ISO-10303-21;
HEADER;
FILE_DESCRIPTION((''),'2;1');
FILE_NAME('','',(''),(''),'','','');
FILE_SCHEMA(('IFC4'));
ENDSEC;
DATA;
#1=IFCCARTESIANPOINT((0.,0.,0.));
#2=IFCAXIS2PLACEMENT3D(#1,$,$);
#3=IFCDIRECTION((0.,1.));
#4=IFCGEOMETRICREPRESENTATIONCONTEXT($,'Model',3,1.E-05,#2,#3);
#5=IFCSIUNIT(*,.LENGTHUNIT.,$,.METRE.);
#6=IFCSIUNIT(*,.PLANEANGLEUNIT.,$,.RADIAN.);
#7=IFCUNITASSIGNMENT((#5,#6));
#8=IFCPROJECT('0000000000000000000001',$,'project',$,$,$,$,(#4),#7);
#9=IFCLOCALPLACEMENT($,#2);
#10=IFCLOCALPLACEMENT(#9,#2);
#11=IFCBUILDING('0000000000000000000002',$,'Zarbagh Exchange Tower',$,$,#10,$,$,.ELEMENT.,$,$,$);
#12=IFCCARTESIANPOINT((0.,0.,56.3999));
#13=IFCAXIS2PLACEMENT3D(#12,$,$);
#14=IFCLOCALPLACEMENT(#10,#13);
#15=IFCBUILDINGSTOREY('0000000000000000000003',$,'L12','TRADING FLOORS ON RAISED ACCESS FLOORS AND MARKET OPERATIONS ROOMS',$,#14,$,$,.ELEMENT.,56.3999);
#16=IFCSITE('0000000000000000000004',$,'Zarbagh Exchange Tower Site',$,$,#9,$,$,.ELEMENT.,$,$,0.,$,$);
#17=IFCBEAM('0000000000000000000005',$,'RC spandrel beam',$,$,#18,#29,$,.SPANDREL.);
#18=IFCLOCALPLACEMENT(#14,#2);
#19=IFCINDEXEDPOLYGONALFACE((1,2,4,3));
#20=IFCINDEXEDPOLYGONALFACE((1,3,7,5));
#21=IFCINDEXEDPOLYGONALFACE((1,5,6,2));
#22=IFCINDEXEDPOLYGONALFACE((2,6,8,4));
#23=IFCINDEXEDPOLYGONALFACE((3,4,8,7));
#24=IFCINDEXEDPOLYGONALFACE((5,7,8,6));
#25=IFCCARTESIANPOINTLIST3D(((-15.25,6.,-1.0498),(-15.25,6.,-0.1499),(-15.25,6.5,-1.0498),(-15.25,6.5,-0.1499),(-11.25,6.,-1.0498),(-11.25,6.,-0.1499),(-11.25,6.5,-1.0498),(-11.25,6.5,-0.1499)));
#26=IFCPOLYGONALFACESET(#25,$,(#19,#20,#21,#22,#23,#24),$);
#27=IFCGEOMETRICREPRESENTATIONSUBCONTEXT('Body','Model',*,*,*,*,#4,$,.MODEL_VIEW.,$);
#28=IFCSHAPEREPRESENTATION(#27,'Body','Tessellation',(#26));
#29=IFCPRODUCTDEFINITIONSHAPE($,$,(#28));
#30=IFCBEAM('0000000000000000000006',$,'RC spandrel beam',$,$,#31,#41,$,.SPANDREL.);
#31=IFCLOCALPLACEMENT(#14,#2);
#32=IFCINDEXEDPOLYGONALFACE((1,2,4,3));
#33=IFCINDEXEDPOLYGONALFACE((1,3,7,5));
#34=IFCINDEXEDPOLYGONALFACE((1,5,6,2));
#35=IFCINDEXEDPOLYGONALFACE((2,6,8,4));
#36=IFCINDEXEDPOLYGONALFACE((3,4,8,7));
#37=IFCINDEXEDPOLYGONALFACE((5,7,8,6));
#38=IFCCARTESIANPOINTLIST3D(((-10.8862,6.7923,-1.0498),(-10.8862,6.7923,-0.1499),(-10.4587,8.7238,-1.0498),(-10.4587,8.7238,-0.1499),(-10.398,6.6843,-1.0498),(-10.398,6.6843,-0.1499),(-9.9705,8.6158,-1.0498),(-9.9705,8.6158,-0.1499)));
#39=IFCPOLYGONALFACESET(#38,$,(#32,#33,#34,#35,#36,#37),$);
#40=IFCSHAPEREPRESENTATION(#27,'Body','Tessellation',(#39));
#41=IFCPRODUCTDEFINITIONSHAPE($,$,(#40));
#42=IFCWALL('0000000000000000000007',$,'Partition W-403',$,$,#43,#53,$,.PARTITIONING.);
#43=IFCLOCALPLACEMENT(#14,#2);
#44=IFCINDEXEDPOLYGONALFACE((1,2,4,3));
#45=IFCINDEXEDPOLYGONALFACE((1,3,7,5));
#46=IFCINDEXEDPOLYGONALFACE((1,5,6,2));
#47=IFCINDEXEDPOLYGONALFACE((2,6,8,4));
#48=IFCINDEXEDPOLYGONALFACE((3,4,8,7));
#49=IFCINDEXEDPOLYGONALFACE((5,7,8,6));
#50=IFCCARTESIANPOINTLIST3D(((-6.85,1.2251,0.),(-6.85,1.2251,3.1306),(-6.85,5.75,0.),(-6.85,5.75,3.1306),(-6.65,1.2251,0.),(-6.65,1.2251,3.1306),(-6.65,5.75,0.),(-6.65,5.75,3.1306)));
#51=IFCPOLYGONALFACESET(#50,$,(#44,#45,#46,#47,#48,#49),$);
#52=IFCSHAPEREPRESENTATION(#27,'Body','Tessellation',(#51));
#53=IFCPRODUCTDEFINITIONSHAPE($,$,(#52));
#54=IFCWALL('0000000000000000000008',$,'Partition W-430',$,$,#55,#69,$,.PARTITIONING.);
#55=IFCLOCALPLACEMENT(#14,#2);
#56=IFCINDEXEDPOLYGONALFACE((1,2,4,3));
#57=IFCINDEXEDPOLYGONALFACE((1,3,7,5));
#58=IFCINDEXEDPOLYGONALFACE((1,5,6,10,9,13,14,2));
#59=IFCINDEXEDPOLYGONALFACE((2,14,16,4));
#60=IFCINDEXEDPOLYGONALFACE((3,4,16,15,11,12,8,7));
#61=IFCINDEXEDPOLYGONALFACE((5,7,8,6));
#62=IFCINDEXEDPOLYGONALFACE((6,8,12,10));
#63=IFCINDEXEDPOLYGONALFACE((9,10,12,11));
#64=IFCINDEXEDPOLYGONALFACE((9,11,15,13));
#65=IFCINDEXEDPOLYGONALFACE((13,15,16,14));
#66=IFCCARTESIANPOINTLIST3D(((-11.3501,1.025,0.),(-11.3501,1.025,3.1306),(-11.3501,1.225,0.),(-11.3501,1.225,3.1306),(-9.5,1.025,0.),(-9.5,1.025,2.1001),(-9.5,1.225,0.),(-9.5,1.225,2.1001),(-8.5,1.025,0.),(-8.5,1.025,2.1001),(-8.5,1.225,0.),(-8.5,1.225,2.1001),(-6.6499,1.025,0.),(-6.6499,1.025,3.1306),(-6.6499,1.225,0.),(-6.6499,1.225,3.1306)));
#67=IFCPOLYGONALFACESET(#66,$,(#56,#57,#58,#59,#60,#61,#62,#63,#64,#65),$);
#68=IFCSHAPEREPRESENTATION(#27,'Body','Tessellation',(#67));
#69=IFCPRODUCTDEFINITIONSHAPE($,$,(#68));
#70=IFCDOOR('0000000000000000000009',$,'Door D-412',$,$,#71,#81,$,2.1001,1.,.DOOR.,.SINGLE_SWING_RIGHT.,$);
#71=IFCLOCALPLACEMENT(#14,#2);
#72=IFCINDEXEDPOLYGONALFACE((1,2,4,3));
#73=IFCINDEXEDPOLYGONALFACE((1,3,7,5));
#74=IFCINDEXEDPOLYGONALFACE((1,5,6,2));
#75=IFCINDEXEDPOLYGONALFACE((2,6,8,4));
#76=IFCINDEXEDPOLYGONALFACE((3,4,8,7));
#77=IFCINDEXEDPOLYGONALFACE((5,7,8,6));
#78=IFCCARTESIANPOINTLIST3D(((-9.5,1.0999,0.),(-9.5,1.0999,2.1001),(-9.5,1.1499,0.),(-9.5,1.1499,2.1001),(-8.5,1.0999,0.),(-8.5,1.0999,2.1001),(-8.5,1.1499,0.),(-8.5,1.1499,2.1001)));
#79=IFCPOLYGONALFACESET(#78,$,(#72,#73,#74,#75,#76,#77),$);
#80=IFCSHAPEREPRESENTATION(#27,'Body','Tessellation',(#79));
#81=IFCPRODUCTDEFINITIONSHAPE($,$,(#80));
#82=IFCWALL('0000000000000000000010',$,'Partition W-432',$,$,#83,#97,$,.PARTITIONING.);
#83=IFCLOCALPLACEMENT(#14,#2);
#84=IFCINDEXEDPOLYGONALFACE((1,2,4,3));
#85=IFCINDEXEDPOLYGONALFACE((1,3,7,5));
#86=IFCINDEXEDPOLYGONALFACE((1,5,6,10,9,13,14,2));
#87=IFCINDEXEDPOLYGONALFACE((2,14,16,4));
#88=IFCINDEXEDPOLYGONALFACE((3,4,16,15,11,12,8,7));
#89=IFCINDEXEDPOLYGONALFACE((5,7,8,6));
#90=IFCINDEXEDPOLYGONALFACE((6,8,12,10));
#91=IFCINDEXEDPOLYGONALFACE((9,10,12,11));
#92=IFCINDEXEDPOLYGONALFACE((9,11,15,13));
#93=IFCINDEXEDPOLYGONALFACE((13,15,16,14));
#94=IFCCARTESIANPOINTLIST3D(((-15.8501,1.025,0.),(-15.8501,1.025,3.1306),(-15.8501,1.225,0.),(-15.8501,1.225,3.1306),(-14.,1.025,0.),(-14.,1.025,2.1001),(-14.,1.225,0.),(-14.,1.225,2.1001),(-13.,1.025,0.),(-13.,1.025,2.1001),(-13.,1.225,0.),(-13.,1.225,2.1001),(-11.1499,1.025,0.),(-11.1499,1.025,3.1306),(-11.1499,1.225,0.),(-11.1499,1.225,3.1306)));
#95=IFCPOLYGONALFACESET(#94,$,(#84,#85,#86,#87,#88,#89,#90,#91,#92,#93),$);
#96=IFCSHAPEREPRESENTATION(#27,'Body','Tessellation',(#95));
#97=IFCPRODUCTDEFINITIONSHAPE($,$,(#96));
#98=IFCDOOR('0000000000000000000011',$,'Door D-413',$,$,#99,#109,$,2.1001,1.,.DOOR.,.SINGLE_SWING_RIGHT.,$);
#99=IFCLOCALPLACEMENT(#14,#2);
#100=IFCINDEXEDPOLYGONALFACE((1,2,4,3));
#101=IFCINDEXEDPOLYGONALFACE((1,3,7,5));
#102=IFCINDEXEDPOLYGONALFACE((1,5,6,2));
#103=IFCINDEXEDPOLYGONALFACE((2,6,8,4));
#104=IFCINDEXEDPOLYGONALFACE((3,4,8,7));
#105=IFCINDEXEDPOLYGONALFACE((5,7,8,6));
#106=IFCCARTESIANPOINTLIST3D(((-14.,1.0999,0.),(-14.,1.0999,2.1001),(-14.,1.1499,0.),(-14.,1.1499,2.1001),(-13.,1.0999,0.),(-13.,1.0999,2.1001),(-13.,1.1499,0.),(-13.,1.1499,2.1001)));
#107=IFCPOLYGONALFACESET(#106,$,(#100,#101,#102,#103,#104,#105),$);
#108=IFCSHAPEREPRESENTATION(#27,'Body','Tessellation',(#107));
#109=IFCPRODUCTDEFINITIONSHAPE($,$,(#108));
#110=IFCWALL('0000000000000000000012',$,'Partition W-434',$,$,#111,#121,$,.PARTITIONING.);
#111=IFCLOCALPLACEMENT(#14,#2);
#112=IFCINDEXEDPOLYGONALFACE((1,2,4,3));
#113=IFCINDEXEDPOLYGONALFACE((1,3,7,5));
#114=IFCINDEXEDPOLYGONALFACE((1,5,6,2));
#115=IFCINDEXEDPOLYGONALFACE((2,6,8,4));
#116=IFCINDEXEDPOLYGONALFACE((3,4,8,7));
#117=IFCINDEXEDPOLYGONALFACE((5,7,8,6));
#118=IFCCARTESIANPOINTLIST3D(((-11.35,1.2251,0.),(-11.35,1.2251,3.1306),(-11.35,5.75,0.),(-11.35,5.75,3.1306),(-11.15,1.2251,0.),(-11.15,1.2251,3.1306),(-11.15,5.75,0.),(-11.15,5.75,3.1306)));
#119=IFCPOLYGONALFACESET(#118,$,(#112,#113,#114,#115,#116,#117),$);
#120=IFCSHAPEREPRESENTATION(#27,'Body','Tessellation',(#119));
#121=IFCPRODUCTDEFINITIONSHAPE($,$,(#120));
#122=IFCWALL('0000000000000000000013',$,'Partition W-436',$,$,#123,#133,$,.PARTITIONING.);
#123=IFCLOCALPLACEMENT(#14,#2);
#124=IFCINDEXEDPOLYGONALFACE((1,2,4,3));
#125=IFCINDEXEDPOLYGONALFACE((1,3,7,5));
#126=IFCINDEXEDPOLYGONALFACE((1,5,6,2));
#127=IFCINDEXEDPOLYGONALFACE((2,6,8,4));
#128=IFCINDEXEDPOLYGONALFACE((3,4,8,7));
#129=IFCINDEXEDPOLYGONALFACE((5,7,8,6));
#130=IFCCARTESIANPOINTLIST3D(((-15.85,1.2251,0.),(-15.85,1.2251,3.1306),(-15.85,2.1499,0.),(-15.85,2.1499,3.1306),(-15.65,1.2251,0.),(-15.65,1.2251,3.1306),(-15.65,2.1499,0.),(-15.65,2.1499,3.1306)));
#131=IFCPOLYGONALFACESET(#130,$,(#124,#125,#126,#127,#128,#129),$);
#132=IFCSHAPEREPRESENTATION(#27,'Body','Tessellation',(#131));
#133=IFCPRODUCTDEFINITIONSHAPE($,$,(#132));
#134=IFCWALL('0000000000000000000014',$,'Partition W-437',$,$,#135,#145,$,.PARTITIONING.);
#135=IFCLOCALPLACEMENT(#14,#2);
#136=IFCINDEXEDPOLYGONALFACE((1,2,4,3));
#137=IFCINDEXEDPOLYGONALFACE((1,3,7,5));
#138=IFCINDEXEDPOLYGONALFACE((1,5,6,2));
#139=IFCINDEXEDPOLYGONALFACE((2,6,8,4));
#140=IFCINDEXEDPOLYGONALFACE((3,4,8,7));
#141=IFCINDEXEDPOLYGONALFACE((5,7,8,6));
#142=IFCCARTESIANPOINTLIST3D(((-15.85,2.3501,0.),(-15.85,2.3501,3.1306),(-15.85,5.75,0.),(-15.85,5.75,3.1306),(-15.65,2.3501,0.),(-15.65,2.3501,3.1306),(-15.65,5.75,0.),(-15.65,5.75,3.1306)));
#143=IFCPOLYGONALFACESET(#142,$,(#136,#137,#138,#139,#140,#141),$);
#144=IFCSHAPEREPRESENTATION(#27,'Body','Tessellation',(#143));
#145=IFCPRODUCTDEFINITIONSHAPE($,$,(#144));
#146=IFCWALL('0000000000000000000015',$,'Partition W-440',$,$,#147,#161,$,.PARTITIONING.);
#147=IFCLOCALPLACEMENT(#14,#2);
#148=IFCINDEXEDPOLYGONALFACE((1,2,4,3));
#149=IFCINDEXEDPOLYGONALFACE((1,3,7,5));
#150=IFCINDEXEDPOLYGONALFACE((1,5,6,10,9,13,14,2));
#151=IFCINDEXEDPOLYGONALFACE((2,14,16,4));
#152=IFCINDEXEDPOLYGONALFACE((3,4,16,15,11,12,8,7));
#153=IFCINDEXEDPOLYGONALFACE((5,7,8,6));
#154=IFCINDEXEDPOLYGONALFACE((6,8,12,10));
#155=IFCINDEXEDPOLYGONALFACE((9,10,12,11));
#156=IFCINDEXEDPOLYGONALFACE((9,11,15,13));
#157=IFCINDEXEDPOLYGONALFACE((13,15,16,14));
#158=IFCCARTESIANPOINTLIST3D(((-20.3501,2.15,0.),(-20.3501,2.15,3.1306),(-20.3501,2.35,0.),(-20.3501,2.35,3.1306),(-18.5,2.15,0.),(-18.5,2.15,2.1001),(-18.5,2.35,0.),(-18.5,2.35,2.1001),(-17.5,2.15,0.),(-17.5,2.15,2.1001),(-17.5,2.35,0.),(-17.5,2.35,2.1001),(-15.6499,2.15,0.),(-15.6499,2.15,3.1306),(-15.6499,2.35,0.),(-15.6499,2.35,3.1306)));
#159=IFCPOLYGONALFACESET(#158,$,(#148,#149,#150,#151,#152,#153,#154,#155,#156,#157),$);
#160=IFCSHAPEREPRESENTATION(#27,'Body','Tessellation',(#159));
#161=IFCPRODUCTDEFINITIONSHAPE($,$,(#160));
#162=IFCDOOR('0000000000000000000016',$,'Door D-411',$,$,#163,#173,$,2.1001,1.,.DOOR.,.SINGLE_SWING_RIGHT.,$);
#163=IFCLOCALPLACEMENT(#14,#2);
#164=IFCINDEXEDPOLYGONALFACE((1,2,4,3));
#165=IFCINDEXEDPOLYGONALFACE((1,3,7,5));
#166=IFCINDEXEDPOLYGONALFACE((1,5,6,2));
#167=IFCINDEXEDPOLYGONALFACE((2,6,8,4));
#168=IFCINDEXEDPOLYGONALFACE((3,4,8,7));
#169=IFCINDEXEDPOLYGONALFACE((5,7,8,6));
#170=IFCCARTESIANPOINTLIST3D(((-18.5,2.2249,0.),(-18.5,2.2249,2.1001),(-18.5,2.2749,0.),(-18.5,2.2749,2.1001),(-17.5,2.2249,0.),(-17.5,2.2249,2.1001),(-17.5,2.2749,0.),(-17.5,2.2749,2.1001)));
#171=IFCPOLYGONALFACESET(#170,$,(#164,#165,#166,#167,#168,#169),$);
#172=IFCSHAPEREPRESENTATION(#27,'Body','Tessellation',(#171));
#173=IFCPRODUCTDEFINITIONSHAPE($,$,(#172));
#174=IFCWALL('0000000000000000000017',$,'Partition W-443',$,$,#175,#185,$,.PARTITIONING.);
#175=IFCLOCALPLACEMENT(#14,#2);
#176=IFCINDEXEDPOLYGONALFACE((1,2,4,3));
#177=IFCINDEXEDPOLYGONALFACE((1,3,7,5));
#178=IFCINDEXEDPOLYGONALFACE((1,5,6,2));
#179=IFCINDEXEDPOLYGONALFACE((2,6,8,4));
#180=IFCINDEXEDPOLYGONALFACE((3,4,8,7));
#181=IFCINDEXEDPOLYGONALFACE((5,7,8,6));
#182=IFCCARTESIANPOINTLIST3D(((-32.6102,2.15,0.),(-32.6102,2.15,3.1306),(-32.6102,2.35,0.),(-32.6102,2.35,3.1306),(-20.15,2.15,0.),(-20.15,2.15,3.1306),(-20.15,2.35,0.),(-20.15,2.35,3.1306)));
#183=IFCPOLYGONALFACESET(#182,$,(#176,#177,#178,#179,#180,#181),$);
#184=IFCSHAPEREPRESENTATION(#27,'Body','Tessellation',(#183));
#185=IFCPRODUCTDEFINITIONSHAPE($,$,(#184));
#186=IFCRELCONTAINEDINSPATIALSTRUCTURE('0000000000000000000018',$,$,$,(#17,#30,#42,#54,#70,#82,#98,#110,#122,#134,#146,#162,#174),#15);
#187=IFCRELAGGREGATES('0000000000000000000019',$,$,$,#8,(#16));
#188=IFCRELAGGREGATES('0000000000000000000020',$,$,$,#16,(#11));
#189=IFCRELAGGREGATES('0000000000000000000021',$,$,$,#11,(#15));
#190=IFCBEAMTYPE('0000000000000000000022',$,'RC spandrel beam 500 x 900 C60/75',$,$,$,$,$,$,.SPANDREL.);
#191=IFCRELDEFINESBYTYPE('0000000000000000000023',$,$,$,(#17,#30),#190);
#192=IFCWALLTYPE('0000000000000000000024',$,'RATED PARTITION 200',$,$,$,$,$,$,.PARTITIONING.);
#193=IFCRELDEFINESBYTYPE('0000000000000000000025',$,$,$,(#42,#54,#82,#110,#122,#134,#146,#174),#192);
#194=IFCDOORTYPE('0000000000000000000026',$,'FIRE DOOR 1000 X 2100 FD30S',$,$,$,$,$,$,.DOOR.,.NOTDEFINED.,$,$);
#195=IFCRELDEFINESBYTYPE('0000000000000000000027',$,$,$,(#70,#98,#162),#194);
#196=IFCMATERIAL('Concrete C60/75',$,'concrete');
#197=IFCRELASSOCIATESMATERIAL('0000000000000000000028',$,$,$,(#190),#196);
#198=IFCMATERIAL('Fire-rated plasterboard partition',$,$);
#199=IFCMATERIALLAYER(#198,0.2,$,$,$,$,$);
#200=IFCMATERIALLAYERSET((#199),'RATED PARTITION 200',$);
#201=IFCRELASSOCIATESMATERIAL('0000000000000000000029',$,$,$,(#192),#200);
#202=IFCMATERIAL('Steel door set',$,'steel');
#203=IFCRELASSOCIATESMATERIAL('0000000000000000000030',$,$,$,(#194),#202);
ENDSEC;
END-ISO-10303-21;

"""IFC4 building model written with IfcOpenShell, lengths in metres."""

from ifc_helpers import new_model, si_unit, direction, frame, frame_2d, origin, origin_2d, place, context, subcontext, project, spatial, rectangle, extrude, material, layer, layer_set, material_profile, profile_set, type_object, element, fill, save


model = new_model("IFC4")

# Units and contexts
model_context = context("Model", 3, precision=1e-05, world=origin(), true_north=direction((0.0, 1.0)))
body_context = subcontext(model_context, "Body", "Model", "MODEL_VIEW")
ifc_project = project(units=[si_unit("LENGTHUNIT", "METRE"), si_unit("PLANEANGLEUNIT", "RADIAN")], contexts=[model_context])

# Site, building, storey
site_placement = place(None, origin())
site = spatial("IfcSite", under=ifc_project, at=site_placement, Name="Zarbagh Exchange Tower Site", CompositionType="ELEMENT", RefElevation=0.0)
building_placement = place(site_placement, origin())
building = spatial("IfcBuilding", under=site, at=building_placement, Name="Zarbagh Exchange Tower", CompositionType="ELEMENT")
storey_placement = place(building_placement, frame((0.0, 0.0, 56.3999)))
storey = spatial("IfcBuildingStorey", under=building, at=storey_placement, Name="L12", Description="TRADING FLOORS ON RAISED ACCESS FLOORS AND MARKET OPERATIONS ROOMS", CompositionType="ELEMENT", Elevation=56.3999)

# Shared definitions
ifc_material_1 = material(Name="Concrete C60/75", Category="concrete")

# Beams
ifc_material_profile_1 = material_profile(ifc_material_1, rectangle(XDim=0.5, YDim=0.8999, at=origin_2d()), Name="RC spandrel beam 500 x 900 C60/75")
ifc_profile_set_1 = profile_set([ifc_material_profile_1], Name="Concrete C60/75")
beam_type_1 = type_object("IfcBeamType", Name="RC spandrel beam 500 x 900 C60/75", PredefinedType="SPANDREL", material=ifc_profile_set_1)
beam_1_placement = place(storey_placement, frame((-15.25, 6.25, -0.5999), z_axis=(1.0, 0.0, 0.0), x_axis=(0.0, 1.0, 0.0)))
element("IfcBeam", 1, at=beam_1_placement, inside=storey, type_object=beam_type_1, Name="RC spandrel beam", PredefinedType="SPANDREL", context=body_context, shape_type="SweptSolid", body=[
    extrude(rectangle(XDim=0.5, YDim=0.8999, at=origin_2d()), origin(), (0.0, 0.0, 1.0), 4.0),
])
beam_2_placement = place(storey_placement, frame((-10.6421, 6.7383, -0.5999), z_axis=(0.216081, 0.976375, 0.0), x_axis=(-0.976375, 0.216081, 0.0)))
element("IfcBeam", 2, at=beam_2_placement, inside=storey, type_object=beam_type_1, Name="RC spandrel beam", PredefinedType="SPANDREL", context=body_context, shape_type="SweptSolid", body=[
    extrude(rectangle(XDim=0.5, YDim=0.8999, at=origin_2d()), origin(), (0.0, 0.0, 1.0), 1.9783),
])

# Wall
ifc_material_2 = material(Name="Fire-rated plasterboard partition")
ifc_layer = layer(ifc_material_2, 0.2)
ifc_layer_set = layer_set([ifc_layer], Name="RATED PARTITION 200")
wall_type = type_object("IfcWallType", Name="RATED PARTITION 200", PredefinedType="PARTITIONING", material=ifc_layer_set)
wall_1_placement = place(storey_placement, frame((-6.75, 1.2251, 0.0), z_axis=(0.0, 0.0, 1.0), x_axis=(0.0, 1.0, 0.0)))
element("IfcWall", 3, at=wall_1_placement, inside=storey, type_object=wall_type, Name="Partition W-403", PredefinedType="PARTITIONING", context=body_context, shape_type="SweptSolid", body=[
    extrude(rectangle(XDim=4.5249, YDim=0.2, at=frame_2d((2.2625, 0.0))), origin(), (0.0, 0.0, 1.0), 3.1306),
])

# Walls, openings, doors
wall_2_placement = place(storey_placement, frame((-11.3501, 1.125, 0.0), z_axis=(0.0, 0.0, 1.0), x_axis=(1.0, 0.0, 0.0)))
wall_2 = element("IfcWall", 4, at=wall_2_placement, inside=storey, type_object=wall_type, Name="Partition W-430", PredefinedType="PARTITIONING", context=body_context, shape_type="SweptSolid", body=[
    extrude(rectangle(XDim=4.7002, YDim=0.2, at=frame_2d((2.3501, 0.0))), origin(), (0.0, 0.0, 1.0), 3.1306),
])
opening_1_placement = place(wall_2_placement, frame((1.8501, 0.0, 0.0)))
opening_1 = element("IfcOpeningElement", 5, at=opening_1_placement, cuts=wall_2, PredefinedType="OPENING", context=body_context, shape_type="SweptSolid", body=[
    extrude(rectangle(XDim=1.0, YDim=2.1001, at=frame_2d((0.5, 1.05))), frame((0.0, 0.1099, 0.0), z_axis=(0.0, -1.0, 0.0), x_axis=(1.0, 0.0, 0.0)), (0.0, 0.0, 1.0), 0.22),
])
ifc_material_3 = material(Name="Steel door set", Category="steel")
door_type = type_object("IfcDoorType", Name="FIRE DOOR 1000 X 2100 FD30S", OperationType="NOTDEFINED", PredefinedType="DOOR", material=ifc_material_3)
door_1_placement = place(opening_1_placement, origin())
door_1 = element("IfcDoor", 6, at=door_1_placement, inside=storey, type_object=door_type, Name="Door D-412", OperationType="SINGLE_SWING_RIGHT", OverallHeight=2.1001, OverallWidth=1.0, PredefinedType="DOOR", context=body_context, shape_type="SweptSolid", body=[
    extrude(rectangle(XDim=1.0, YDim=2.1001, at=frame_2d((0.5, 1.05))), frame((0.0, 0.0249, 0.0), z_axis=(0.0, -1.0, 0.0), x_axis=(1.0, 0.0, 0.0)), (0.0, 0.0, 1.0), 0.05),
])
fill(opening_1, door_1)
wall_3_placement = place(storey_placement, frame((-15.8501, 1.125, 0.0), z_axis=(0.0, 0.0, 1.0), x_axis=(1.0, 0.0, 0.0)))
wall_3 = element("IfcWall", 7, at=wall_3_placement, inside=storey, type_object=wall_type, Name="Partition W-432", PredefinedType="PARTITIONING", context=body_context, shape_type="SweptSolid", body=[
    extrude(rectangle(XDim=4.7002, YDim=0.2, at=frame_2d((2.3501, 0.0))), origin(), (0.0, 0.0, 1.0), 3.1306),
])
opening_2_placement = place(wall_3_placement, frame((1.8501, 0.0, 0.0)))
opening_2 = element("IfcOpeningElement", 8, at=opening_2_placement, cuts=wall_3, PredefinedType="OPENING", context=body_context, shape_type="SweptSolid", body=[
    extrude(rectangle(XDim=1.0, YDim=2.1001, at=frame_2d((0.5, 1.05))), frame((0.0, 0.1099, 0.0), z_axis=(0.0, -1.0, 0.0), x_axis=(1.0, 0.0, 0.0)), (0.0, 0.0, 1.0), 0.22),
])
door_2_placement = place(opening_2_placement, origin())
door_2 = element("IfcDoor", 9, at=door_2_placement, inside=storey, type_object=door_type, Name="Door D-413", OperationType="SINGLE_SWING_RIGHT", OverallHeight=2.1001, OverallWidth=1.0, PredefinedType="DOOR", context=body_context, shape_type="SweptSolid", body=[
    extrude(rectangle(XDim=1.0, YDim=2.1001, at=frame_2d((0.5, 1.05))), frame((0.0, 0.0249, 0.0), z_axis=(0.0, -1.0, 0.0), x_axis=(1.0, 0.0, 0.0)), (0.0, 0.0, 1.0), 0.05),
])
fill(opening_2, door_2)

# Walls
wall_4_placement = place(storey_placement, frame((-11.25, 1.2251, 0.0), z_axis=(0.0, 0.0, 1.0), x_axis=(0.0, 1.0, 0.0)))
element("IfcWall", 10, at=wall_4_placement, inside=storey, type_object=wall_type, Name="Partition W-434", PredefinedType="PARTITIONING", context=body_context, shape_type="SweptSolid", body=[
    extrude(rectangle(XDim=4.5249, YDim=0.2, at=frame_2d((2.2625, 0.0))), origin(), (0.0, 0.0, 1.0), 3.1306),
])
wall_5_placement = place(storey_placement, frame((-15.75, 1.2251, 0.0), z_axis=(0.0, 0.0, 1.0), x_axis=(0.0, 1.0, 0.0)))
element("IfcWall", 11, at=wall_5_placement, inside=storey, type_object=wall_type, Name="Partition W-436", PredefinedType="PARTITIONING", context=body_context, shape_type="SweptSolid", body=[
    extrude(rectangle(XDim=0.9248, YDim=0.2, at=frame_2d((0.4624, 0.0))), origin(), (0.0, 0.0, 1.0), 3.1306),
])
wall_6_placement = place(storey_placement, frame((-15.75, 2.3501, 0.0), z_axis=(0.0, 0.0, 1.0), x_axis=(0.0, 1.0, 0.0)))
element("IfcWall", 12, at=wall_6_placement, inside=storey, type_object=wall_type, Name="Partition W-437", PredefinedType="PARTITIONING", context=body_context, shape_type="SweptSolid", body=[
    extrude(rectangle(XDim=3.3999, YDim=0.2, at=frame_2d((1.7, 0.0))), origin(), (0.0, 0.0, 1.0), 3.1306),
])

# Wall, opening, door
wall_7_placement = place(storey_placement, frame((-20.3501, 2.25, 0.0), z_axis=(0.0, 0.0, 1.0), x_axis=(1.0, 0.0, 0.0)))
wall_7 = element("IfcWall", 13, at=wall_7_placement, inside=storey, type_object=wall_type, Name="Partition W-440", PredefinedType="PARTITIONING", context=body_context, shape_type="SweptSolid", body=[
    extrude(rectangle(XDim=4.7002, YDim=0.2, at=frame_2d((2.3501, 0.0))), origin(), (0.0, 0.0, 1.0), 3.1306),
])
opening_3_placement = place(wall_7_placement, frame((1.8501, 0.0, 0.0)))
opening_3 = element("IfcOpeningElement", 14, at=opening_3_placement, cuts=wall_7, PredefinedType="OPENING", context=body_context, shape_type="SweptSolid", body=[
    extrude(rectangle(XDim=1.0, YDim=2.1001, at=frame_2d((0.5, 1.05))), frame((0.0, 0.1099, 0.0), z_axis=(0.0, -1.0, 0.0), x_axis=(1.0, 0.0, 0.0)), (0.0, 0.0, 1.0), 0.22),
])
door_3_placement = place(opening_3_placement, origin())
door_3 = element("IfcDoor", 15, at=door_3_placement, inside=storey, type_object=door_type, Name="Door D-411", OperationType="SINGLE_SWING_RIGHT", OverallHeight=2.1001, OverallWidth=1.0, PredefinedType="DOOR", context=body_context, shape_type="SweptSolid", body=[
    extrude(rectangle(XDim=1.0, YDim=2.1001, at=frame_2d((0.5, 1.05))), frame((0.0, 0.0249, 0.0), z_axis=(0.0, -1.0, 0.0), x_axis=(1.0, 0.0, 0.0)), (0.0, 0.0, 1.0), 0.05),
])
fill(opening_3, door_3)

# Wall
wall_8_placement = place(storey_placement, frame((-32.6101, 2.25, 0.0), z_axis=(0.0, 0.0, 1.0), x_axis=(1.0, 0.0, 0.0)))
element("IfcWall", 16, at=wall_8_placement, inside=storey, type_object=wall_type, Name="Partition W-443", PredefinedType="PARTITIONING", context=body_context, shape_type="SweptSolid", body=[
    extrude(rectangle(XDim=12.4602, YDim=0.2, at=frame_2d((6.23, 0.0))), origin(), (0.0, 0.0, 1.0), 3.1306),
])

save(model, "model.ifc")
